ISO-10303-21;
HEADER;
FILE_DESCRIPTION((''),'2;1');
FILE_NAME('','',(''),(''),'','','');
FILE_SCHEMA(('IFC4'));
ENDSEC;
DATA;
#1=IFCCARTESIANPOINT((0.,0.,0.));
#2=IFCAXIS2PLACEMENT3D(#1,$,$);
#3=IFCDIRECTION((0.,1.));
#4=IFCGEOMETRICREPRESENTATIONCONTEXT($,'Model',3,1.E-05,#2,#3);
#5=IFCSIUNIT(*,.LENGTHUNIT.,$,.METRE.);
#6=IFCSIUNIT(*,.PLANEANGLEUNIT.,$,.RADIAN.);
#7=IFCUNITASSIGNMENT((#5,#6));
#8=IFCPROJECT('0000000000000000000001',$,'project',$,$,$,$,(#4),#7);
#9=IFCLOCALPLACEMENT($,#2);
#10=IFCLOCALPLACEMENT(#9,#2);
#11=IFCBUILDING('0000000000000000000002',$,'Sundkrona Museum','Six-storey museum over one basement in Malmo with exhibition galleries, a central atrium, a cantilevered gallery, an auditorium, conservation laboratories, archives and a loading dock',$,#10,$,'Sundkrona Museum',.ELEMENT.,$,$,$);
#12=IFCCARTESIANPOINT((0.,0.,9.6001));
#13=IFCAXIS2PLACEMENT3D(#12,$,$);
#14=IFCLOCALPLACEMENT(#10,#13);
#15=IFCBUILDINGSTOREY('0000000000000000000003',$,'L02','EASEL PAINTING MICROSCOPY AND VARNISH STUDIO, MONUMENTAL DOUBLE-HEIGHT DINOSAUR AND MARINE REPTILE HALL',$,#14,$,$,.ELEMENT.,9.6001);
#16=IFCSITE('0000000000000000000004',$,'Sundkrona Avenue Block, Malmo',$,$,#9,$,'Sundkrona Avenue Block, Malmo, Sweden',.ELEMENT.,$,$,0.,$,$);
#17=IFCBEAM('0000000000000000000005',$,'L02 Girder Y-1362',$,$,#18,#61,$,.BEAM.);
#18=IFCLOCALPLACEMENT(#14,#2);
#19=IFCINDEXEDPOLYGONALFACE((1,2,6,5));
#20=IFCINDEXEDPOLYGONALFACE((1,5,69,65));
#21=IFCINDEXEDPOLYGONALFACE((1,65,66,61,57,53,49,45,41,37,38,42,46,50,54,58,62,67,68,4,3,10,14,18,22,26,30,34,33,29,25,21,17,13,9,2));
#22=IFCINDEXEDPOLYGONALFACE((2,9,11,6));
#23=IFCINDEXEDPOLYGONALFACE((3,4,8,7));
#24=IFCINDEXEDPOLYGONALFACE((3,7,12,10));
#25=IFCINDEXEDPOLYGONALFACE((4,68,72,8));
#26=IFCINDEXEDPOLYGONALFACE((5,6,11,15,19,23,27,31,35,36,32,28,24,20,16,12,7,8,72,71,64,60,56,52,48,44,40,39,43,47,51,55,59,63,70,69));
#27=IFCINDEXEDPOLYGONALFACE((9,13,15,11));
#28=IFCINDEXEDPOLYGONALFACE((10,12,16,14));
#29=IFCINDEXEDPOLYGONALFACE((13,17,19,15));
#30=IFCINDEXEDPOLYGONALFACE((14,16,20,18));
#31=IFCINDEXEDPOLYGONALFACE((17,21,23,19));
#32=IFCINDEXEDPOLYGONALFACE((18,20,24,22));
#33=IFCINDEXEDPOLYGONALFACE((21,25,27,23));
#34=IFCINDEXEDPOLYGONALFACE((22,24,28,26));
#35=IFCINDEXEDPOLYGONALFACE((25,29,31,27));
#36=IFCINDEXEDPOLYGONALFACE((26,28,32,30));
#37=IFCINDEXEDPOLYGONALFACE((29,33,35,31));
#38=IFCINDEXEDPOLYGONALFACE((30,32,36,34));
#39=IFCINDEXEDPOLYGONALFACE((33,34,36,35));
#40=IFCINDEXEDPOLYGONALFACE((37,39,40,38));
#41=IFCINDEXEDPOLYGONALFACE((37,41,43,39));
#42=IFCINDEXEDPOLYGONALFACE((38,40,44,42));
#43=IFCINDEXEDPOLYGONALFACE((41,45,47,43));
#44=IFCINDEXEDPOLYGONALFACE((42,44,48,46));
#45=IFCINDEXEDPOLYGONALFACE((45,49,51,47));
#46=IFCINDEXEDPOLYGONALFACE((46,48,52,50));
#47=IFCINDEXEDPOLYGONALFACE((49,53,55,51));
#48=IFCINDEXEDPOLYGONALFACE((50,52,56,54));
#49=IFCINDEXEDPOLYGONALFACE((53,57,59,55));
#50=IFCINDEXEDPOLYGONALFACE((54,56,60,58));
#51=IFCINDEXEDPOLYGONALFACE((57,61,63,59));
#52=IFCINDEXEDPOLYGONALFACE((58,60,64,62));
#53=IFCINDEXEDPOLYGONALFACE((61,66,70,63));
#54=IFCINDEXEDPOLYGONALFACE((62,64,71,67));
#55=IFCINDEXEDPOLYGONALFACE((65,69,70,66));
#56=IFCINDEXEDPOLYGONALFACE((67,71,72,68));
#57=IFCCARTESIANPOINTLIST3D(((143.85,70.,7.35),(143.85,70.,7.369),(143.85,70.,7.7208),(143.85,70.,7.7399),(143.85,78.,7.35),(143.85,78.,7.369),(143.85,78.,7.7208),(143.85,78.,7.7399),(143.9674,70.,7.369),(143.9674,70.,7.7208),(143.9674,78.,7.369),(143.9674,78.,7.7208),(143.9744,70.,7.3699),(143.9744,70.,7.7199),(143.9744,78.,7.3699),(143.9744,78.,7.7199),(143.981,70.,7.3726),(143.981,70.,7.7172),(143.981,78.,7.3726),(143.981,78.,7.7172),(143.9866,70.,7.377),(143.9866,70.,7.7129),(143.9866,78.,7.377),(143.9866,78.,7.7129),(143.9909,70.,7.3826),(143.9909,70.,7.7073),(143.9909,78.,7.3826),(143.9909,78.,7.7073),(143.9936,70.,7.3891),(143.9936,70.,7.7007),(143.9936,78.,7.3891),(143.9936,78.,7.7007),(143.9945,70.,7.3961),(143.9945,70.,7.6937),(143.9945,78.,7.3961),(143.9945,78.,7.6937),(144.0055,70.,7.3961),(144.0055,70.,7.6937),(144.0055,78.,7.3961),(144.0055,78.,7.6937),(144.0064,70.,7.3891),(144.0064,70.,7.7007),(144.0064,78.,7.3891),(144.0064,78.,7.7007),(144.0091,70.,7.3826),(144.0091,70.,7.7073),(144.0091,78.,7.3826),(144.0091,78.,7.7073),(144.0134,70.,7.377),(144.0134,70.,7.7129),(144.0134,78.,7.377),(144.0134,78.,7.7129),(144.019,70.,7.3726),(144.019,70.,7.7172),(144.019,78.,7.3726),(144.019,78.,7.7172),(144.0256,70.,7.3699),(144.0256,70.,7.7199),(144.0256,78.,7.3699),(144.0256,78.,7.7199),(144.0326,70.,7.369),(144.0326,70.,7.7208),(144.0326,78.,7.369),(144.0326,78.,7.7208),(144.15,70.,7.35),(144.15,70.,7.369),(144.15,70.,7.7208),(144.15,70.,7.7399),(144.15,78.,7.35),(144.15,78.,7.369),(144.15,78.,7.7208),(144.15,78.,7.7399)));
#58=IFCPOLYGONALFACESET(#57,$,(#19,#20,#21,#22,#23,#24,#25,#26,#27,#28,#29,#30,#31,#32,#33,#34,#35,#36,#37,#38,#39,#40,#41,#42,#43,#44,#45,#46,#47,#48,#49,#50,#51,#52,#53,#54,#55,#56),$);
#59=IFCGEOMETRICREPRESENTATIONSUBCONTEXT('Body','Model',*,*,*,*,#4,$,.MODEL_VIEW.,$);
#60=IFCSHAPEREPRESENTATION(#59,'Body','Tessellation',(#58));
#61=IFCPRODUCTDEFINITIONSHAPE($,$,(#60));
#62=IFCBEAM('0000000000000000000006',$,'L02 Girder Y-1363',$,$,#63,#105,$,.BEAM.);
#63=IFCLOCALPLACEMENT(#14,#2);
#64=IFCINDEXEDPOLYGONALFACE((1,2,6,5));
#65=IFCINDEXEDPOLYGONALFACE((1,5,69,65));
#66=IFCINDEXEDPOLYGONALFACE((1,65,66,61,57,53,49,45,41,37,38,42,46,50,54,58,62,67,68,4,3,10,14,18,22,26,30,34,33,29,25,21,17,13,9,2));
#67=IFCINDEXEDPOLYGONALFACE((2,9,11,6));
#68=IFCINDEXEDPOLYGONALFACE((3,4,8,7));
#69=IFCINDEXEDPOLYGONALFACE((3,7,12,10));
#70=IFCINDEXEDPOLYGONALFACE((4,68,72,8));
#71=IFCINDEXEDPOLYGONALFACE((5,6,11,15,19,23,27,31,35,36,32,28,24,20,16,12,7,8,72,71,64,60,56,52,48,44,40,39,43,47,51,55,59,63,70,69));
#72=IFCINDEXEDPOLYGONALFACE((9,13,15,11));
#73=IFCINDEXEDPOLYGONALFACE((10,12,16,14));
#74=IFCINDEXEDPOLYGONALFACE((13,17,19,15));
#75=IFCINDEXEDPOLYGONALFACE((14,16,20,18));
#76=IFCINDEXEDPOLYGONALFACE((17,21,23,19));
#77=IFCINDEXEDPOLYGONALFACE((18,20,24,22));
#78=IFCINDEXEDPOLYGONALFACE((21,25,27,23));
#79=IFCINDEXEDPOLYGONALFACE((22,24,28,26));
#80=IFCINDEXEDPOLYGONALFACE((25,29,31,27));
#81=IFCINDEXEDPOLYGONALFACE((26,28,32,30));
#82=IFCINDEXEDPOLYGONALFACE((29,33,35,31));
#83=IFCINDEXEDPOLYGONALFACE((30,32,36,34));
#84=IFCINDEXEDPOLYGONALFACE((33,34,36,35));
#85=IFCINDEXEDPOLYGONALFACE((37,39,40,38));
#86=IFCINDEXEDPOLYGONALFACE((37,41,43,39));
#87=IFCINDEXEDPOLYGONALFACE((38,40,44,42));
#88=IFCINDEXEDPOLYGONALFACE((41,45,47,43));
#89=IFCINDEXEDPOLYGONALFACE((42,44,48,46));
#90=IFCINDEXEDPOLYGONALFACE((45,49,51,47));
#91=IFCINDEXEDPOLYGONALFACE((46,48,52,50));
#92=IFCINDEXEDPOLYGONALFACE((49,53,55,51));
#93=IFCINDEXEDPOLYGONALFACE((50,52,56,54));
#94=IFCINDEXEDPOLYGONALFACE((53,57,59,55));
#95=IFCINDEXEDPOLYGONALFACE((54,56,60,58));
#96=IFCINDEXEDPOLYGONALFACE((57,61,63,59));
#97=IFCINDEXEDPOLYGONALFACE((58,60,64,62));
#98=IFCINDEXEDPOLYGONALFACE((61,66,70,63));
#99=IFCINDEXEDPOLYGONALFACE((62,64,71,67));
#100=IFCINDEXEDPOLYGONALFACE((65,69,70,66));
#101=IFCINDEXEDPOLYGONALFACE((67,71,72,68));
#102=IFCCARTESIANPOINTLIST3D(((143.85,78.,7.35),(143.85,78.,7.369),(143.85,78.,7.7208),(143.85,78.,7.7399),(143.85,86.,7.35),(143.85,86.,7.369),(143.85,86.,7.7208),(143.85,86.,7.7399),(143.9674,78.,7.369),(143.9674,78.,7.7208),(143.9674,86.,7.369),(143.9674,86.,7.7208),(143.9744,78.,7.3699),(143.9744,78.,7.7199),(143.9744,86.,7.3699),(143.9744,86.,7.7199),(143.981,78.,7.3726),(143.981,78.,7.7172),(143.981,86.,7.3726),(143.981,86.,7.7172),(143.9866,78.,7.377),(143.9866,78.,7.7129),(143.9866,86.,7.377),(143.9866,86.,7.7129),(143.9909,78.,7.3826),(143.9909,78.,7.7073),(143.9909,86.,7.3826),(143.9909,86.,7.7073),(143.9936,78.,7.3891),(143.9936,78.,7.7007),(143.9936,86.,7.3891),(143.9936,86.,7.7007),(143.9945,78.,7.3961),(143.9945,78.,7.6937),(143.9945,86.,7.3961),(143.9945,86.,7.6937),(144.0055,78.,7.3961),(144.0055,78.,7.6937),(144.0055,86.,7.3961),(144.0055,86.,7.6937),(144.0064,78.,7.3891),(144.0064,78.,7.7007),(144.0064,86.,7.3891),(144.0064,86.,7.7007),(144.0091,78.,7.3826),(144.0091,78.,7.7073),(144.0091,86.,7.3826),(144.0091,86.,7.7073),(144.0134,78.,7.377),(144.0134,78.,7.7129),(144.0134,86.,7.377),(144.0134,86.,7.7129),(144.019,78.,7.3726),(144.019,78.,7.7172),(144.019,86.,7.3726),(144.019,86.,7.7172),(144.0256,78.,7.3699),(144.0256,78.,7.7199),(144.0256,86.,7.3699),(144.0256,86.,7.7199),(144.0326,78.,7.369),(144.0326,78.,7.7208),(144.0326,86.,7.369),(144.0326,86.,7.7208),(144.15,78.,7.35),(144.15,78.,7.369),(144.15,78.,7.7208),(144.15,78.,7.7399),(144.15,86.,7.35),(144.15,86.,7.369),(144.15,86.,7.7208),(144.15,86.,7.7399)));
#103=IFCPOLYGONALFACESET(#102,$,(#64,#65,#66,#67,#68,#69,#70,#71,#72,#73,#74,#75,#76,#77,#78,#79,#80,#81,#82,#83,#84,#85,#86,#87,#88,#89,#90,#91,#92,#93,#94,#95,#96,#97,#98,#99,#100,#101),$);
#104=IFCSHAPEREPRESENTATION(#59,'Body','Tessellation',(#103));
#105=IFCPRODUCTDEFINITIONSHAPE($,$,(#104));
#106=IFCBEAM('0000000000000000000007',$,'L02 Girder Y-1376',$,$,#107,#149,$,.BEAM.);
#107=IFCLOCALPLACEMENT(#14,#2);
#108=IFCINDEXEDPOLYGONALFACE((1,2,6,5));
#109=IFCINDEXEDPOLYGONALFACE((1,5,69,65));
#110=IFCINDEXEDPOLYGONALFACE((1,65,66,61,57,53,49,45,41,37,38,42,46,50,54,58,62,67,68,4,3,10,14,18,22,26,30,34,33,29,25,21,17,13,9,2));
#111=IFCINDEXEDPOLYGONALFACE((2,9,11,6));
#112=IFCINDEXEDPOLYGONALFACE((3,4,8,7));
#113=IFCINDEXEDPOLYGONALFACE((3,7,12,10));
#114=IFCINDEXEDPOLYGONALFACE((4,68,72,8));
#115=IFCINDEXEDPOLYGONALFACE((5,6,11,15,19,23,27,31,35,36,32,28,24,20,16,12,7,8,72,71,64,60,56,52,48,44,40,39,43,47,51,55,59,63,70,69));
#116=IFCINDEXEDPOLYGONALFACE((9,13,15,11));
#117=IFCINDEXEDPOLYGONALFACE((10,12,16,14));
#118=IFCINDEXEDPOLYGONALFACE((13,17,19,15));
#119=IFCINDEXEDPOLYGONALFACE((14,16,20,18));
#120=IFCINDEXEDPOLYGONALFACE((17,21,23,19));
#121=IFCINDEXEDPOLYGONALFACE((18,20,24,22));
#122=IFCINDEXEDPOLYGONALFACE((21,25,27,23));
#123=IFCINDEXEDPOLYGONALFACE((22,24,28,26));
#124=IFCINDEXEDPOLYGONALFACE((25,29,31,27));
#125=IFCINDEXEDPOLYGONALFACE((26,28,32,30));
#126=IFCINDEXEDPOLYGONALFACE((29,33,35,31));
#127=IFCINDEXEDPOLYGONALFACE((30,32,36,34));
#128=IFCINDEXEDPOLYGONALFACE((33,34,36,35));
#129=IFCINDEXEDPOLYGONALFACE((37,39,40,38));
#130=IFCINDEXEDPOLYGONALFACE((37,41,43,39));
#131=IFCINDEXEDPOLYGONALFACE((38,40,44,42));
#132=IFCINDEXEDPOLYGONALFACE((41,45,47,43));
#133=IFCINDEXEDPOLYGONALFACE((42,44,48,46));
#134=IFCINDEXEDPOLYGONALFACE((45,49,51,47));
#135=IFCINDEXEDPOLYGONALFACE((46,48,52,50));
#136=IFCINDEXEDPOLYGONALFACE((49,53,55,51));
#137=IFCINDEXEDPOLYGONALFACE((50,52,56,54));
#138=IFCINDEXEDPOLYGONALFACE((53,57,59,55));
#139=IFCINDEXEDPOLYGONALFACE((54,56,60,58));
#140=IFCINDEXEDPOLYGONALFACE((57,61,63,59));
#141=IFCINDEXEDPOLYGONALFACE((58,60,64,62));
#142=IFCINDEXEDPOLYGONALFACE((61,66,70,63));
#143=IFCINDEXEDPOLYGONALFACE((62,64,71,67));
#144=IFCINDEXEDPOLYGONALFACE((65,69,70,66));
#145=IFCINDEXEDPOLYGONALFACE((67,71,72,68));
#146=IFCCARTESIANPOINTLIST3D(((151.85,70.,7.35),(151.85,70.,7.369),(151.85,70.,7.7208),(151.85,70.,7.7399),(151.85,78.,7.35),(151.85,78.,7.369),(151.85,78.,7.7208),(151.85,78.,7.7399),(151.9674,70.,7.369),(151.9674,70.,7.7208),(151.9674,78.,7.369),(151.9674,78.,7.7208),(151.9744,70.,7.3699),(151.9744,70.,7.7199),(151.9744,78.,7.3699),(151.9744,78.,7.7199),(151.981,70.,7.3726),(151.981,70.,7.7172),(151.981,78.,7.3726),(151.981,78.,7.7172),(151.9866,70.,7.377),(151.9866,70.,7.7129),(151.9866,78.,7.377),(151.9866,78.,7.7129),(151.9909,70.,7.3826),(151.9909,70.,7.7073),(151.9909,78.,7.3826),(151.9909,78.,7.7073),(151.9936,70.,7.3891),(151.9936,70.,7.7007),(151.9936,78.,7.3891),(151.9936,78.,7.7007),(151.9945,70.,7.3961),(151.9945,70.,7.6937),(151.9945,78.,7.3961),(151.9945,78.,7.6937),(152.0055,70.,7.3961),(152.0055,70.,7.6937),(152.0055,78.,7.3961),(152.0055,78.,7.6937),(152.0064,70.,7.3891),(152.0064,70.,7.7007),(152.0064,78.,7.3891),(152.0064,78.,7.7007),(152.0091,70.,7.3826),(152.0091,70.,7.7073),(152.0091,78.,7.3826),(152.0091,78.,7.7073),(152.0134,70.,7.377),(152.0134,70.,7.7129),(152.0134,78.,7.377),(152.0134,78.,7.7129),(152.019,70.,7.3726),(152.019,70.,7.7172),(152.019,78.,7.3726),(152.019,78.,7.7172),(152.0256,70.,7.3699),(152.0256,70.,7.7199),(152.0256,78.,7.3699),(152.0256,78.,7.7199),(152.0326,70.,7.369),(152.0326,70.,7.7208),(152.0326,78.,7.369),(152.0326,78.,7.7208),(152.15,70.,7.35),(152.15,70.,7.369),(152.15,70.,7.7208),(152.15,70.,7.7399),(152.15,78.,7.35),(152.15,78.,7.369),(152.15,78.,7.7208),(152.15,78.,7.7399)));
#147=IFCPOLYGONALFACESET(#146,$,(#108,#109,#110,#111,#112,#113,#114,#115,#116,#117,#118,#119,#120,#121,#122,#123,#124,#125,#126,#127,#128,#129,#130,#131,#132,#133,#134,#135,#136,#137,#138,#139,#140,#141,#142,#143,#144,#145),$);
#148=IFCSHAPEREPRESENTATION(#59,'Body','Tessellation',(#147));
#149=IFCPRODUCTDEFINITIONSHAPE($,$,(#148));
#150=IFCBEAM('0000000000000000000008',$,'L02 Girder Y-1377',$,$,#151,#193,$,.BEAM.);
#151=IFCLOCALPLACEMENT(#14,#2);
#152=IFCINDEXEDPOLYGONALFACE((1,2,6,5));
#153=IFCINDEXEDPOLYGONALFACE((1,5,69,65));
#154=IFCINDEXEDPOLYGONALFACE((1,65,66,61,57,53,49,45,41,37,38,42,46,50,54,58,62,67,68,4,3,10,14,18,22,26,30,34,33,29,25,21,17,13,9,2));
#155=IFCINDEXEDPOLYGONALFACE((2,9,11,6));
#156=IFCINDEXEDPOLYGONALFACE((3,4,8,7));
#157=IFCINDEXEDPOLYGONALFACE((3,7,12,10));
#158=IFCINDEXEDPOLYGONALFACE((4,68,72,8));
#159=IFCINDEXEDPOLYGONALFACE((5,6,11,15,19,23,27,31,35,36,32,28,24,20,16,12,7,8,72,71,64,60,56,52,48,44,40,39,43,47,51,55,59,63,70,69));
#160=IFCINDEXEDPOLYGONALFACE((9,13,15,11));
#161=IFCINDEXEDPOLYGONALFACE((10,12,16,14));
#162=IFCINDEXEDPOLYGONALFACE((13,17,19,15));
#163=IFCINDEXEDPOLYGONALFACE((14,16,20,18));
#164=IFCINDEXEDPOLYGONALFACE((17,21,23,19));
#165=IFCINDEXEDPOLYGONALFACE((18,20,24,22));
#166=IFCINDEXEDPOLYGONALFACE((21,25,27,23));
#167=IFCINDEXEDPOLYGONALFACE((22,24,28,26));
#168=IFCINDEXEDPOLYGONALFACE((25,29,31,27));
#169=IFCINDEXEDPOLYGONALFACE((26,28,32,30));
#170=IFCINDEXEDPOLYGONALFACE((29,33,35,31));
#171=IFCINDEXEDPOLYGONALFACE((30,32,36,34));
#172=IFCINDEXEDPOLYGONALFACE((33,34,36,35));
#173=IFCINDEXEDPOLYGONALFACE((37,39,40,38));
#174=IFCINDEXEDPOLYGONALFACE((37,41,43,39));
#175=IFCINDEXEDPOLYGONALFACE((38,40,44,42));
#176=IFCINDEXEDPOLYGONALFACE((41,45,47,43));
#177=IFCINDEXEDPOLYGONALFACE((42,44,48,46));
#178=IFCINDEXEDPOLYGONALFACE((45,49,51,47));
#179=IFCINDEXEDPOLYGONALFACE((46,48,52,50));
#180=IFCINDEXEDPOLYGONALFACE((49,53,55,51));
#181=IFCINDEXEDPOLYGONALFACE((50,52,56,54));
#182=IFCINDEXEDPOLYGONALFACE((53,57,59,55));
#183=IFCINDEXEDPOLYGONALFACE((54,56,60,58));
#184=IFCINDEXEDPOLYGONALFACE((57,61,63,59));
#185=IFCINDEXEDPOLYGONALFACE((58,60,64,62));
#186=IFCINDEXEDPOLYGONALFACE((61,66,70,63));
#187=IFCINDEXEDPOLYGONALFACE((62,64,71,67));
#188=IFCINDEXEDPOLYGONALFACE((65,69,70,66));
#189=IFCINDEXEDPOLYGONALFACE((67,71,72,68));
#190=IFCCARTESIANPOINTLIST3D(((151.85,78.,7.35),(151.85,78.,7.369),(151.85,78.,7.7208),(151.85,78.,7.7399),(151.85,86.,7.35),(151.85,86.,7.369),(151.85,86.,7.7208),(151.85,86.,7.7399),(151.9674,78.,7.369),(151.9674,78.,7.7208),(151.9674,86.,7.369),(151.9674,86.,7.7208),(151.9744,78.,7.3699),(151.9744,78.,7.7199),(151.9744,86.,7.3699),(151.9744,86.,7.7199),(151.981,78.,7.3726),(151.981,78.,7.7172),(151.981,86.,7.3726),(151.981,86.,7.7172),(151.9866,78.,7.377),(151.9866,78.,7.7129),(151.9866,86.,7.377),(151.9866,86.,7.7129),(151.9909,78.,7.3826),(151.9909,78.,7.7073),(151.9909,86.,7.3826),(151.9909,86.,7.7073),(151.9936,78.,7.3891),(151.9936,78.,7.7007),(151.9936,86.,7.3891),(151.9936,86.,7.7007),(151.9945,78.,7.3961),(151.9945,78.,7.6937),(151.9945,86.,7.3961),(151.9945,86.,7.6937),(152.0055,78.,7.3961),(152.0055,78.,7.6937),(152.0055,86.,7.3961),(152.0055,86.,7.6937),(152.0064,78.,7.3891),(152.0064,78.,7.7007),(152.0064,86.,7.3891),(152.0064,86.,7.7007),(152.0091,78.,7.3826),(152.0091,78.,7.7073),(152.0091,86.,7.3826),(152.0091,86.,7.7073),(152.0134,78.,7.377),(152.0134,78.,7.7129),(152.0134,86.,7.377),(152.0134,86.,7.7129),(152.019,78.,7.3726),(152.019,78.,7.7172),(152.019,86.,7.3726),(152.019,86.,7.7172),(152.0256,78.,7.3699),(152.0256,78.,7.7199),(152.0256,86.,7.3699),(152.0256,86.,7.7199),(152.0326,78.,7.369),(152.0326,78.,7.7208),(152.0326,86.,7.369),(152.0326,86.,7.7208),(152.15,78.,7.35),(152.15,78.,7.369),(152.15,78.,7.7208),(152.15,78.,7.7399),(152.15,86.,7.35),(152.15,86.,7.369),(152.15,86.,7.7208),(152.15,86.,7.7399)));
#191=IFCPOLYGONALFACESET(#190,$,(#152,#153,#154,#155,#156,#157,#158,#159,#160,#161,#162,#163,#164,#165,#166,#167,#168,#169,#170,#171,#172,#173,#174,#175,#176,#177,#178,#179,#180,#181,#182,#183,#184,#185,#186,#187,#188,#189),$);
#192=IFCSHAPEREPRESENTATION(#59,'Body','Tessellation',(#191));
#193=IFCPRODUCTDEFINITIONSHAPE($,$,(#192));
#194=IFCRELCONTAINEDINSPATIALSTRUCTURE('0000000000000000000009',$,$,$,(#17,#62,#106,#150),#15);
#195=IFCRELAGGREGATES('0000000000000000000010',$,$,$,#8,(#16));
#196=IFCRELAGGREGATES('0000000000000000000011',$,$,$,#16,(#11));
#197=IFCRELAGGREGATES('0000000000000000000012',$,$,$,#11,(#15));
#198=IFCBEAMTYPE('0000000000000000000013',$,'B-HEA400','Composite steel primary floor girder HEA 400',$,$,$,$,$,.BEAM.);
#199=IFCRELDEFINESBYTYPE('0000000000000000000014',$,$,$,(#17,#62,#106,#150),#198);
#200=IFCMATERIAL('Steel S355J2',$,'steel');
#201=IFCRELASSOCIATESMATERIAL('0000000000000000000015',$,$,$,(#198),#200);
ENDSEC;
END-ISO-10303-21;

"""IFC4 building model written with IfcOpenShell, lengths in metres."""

from ifc_helpers import new_model, si_unit, direction, frame, origin, origin_2d, place, context, subcontext, project, spatial, i_section, extrude, material, material_profile, profile_set, type_object, element, save


model = new_model("IFC4")

# Units and contexts
model_context = context("Model", 3, precision=1e-05, world=origin(), true_north=direction((0.0, 1.0)))
body_context = subcontext(model_context, "Body", "Model", "MODEL_VIEW")
ifc_project = project(units=[si_unit("LENGTHUNIT", "METRE"), si_unit("PLANEANGLEUNIT", "RADIAN")], contexts=[model_context])

# Site, building, storey
site_placement = place(None, origin())
site = spatial("IfcSite", under=ifc_project, at=site_placement, Name="Sundkrona Avenue Block, Malmo", LongName="Sundkrona Avenue Block, Malmo, Sweden", CompositionType="ELEMENT", RefElevation=0.0)
building_placement = place(site_placement, origin())
building = spatial("IfcBuilding", under=site, at=building_placement, Name="Sundkrona Museum", Description="Six-storey museum over one basement in Malmo with exhibition galleries, a central atrium, a cantilevered gallery, an auditorium, conservation laboratories, archives and a loading dock", LongName="Sundkrona Museum", CompositionType="ELEMENT")
storey_placement = place(building_placement, frame((0.0, 0.0, 9.6001)))
storey = spatial("IfcBuildingStorey", under=building, at=storey_placement, Name="L02", Description="EASEL PAINTING MICROSCOPY AND VARNISH STUDIO, MONUMENTAL DOUBLE-HEIGHT DINOSAUR AND MARINE REPTILE HALL", CompositionType="ELEMENT", Elevation=9.6001)

# Shared definitions
ifc_material_1 = material(Name="Steel S355J2", Category="steel")

# Beams
ifc_material_profile_1 = material_profile(ifc_material_1, i_section(OverallWidth=0.3, OverallDepth=0.3899, WebThickness=0.011, FlangeThickness=0.019, FilletRadius=0.0271, at=origin_2d()), Name="HEA 400")
ifc_profile_set_1 = profile_set([ifc_material_profile_1], Name="Steel S355J2")
beam_type_1 = type_object("IfcBeamType", Name="B-HEA400", Description="Composite steel primary floor girder HEA 400", PredefinedType="BEAM", material=ifc_profile_set_1)
for number, where, z_axis, x_axis, name in (
    (1, (144.0, 70.0, 7.5449), (0.0, 1.0, 0.0), (-1.0, 0.0, 0.0), "L02 Girder Y-1362"),
    (2, (144.0, 78.0, 7.5449), (0.0, 1.0, 0.0), (-1.0, 0.0, 0.0), "L02 Girder Y-1363"),
    (3, (152.0, 70.0, 7.5449), (0.0, 1.0, 0.0), (-1.0, 0.0, 0.0), "L02 Girder Y-1376"),
    (4, (152.0, 78.0, 7.5449), (0.0, 1.0, 0.0), (-1.0, 0.0, 0.0), "L02 Girder Y-1377"),
):
    element("IfcBeam", number, at=place(storey_placement, frame(where, z_axis=z_axis, x_axis=x_axis)), inside=storey, type_object=beam_type_1, Name=name, PredefinedType="BEAM", context=body_context, shape_type="SweptSolid", body=[
        extrude(i_section(OverallWidth=0.3, OverallDepth=0.3899, WebThickness=0.011, FlangeThickness=0.019, FilletRadius=0.0271, at=origin_2d()), origin(), (0.0, 0.0, 1.0), 8.0),
    ])

save(model, "model.ifc")
